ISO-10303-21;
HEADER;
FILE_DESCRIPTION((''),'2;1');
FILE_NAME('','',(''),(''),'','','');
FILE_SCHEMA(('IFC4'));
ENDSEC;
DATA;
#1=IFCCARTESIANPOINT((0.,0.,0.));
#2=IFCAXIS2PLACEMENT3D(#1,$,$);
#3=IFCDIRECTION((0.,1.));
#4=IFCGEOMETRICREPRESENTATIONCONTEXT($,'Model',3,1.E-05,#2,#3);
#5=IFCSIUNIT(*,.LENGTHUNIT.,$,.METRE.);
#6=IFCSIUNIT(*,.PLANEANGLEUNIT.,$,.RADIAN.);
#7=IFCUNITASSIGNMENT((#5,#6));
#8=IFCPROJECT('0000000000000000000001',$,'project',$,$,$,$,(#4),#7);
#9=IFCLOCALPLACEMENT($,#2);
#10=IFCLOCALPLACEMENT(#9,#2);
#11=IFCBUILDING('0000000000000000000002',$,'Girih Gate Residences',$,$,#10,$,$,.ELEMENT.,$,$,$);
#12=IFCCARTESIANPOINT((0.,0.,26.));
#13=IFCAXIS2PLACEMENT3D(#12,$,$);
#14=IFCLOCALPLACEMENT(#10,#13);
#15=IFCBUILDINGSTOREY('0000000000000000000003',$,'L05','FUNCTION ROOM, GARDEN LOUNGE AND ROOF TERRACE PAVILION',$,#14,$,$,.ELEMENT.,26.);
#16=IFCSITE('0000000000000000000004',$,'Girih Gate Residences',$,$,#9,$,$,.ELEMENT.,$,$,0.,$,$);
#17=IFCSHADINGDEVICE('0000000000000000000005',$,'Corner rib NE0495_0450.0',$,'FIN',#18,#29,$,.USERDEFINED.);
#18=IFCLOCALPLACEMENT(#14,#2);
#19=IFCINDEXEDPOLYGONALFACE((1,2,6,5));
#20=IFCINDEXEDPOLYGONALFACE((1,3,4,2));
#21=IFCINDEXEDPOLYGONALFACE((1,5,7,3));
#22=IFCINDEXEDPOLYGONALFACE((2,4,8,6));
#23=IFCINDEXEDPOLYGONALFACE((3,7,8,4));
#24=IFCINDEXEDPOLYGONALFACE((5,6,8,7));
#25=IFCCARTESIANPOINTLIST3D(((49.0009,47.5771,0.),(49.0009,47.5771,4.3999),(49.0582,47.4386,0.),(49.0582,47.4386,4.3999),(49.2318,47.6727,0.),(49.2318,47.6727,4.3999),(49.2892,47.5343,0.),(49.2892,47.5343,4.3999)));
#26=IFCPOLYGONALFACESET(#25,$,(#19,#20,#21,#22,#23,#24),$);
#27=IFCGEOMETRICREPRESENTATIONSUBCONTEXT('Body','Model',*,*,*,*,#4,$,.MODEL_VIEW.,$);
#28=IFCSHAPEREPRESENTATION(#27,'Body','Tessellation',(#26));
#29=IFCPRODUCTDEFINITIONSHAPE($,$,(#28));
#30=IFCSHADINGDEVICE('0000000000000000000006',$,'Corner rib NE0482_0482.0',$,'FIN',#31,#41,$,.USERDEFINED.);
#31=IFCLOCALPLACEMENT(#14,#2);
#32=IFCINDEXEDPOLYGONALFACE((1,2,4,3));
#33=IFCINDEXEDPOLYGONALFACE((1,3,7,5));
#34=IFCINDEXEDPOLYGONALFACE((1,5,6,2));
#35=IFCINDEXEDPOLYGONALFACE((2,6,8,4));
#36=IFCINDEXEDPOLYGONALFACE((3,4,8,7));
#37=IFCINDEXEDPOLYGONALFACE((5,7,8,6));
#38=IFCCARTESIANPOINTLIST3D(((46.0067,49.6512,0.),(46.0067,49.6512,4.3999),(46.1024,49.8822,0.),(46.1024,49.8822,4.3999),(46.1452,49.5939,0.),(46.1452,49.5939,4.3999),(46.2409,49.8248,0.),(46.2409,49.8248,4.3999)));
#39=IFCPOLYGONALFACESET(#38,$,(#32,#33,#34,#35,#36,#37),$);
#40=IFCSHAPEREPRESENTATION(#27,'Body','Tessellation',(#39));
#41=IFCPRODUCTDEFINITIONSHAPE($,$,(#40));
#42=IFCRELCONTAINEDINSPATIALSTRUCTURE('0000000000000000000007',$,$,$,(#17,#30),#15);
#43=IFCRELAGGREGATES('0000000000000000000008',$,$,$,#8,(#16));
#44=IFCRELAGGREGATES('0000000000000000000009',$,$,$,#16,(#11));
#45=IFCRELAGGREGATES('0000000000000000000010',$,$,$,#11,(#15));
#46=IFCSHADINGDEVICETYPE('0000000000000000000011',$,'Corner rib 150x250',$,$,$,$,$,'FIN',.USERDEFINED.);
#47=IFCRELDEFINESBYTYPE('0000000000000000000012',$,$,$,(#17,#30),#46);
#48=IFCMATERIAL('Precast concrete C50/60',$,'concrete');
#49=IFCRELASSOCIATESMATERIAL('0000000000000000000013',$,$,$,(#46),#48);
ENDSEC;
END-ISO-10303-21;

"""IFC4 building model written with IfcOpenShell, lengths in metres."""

from ifc_helpers import new_model, si_unit, direction, frame, origin, origin_2d, place, context, subcontext, project, spatial, rectangle, extrude, material, type_object, element, save


model = new_model("IFC4")

# Units and contexts
model_context = context("Model", 3, precision=1e-05, world=origin(), true_north=direction((0.0, 1.0)))
body_context = subcontext(model_context, "Body", "Model", "MODEL_VIEW")
ifc_project = project(units=[si_unit("LENGTHUNIT", "METRE"), si_unit("PLANEANGLEUNIT", "RADIAN")], contexts=[model_context])

# Site, building, storey
site_placement = place(None, origin())
site = spatial("IfcSite", under=ifc_project, at=site_placement, Name="Girih Gate Residences", CompositionType="ELEMENT", RefElevation=0.0)
building_placement = place(site_placement, origin())
building = spatial("IfcBuilding", under=site, at=building_placement, Name="Girih Gate Residences", CompositionType="ELEMENT")
storey_placement = place(building_placement, frame((0.0, 0.0, 26.0)))
storey = spatial("IfcBuildingStorey", under=building, at=storey_placement, Name="L05", Description="FUNCTION ROOM, GARDEN LOUNGE AND ROOF TERRACE PAVILION", CompositionType="ELEMENT", Elevation=26.0)

# Shared definitions
ifc_material_1 = material(Name="Precast concrete C50/60", Category="concrete")

# Shading devices
shading_device_type = type_object("IfcShadingDeviceType", Name="Corner rib 150x250", ElementType="FIN", PredefinedType="USERDEFINED", material=ifc_material_1)
for number, where, z_axis, x_axis, name in (
    (1, (49.145, 47.5557, 0.0), (0.0, 0.0, 1.0), (-0.382683, 0.92388, 0.0), "Corner rib NE0495_0450.0"),
    (2, (46.1238, 49.738, 0.0), (0.0, 0.0, 1.0), (-0.92388, 0.382683, 0.0), "Corner rib NE0482_0482.0"),
):
    element("IfcShadingDevice", number, at=place(storey_placement, frame(where, z_axis=z_axis, x_axis=x_axis)), inside=storey, type_object=shading_device_type, Name=name, ObjectType="FIN", PredefinedType="USERDEFINED", context=body_context, shape_type="SweptSolid", body=[
        extrude(rectangle(XDim=0.1499, YDim=0.25, at=origin_2d()), origin(), (0.0, 0.0, 1.0), 4.3999),
    ])

save(model, "model.ifc")
